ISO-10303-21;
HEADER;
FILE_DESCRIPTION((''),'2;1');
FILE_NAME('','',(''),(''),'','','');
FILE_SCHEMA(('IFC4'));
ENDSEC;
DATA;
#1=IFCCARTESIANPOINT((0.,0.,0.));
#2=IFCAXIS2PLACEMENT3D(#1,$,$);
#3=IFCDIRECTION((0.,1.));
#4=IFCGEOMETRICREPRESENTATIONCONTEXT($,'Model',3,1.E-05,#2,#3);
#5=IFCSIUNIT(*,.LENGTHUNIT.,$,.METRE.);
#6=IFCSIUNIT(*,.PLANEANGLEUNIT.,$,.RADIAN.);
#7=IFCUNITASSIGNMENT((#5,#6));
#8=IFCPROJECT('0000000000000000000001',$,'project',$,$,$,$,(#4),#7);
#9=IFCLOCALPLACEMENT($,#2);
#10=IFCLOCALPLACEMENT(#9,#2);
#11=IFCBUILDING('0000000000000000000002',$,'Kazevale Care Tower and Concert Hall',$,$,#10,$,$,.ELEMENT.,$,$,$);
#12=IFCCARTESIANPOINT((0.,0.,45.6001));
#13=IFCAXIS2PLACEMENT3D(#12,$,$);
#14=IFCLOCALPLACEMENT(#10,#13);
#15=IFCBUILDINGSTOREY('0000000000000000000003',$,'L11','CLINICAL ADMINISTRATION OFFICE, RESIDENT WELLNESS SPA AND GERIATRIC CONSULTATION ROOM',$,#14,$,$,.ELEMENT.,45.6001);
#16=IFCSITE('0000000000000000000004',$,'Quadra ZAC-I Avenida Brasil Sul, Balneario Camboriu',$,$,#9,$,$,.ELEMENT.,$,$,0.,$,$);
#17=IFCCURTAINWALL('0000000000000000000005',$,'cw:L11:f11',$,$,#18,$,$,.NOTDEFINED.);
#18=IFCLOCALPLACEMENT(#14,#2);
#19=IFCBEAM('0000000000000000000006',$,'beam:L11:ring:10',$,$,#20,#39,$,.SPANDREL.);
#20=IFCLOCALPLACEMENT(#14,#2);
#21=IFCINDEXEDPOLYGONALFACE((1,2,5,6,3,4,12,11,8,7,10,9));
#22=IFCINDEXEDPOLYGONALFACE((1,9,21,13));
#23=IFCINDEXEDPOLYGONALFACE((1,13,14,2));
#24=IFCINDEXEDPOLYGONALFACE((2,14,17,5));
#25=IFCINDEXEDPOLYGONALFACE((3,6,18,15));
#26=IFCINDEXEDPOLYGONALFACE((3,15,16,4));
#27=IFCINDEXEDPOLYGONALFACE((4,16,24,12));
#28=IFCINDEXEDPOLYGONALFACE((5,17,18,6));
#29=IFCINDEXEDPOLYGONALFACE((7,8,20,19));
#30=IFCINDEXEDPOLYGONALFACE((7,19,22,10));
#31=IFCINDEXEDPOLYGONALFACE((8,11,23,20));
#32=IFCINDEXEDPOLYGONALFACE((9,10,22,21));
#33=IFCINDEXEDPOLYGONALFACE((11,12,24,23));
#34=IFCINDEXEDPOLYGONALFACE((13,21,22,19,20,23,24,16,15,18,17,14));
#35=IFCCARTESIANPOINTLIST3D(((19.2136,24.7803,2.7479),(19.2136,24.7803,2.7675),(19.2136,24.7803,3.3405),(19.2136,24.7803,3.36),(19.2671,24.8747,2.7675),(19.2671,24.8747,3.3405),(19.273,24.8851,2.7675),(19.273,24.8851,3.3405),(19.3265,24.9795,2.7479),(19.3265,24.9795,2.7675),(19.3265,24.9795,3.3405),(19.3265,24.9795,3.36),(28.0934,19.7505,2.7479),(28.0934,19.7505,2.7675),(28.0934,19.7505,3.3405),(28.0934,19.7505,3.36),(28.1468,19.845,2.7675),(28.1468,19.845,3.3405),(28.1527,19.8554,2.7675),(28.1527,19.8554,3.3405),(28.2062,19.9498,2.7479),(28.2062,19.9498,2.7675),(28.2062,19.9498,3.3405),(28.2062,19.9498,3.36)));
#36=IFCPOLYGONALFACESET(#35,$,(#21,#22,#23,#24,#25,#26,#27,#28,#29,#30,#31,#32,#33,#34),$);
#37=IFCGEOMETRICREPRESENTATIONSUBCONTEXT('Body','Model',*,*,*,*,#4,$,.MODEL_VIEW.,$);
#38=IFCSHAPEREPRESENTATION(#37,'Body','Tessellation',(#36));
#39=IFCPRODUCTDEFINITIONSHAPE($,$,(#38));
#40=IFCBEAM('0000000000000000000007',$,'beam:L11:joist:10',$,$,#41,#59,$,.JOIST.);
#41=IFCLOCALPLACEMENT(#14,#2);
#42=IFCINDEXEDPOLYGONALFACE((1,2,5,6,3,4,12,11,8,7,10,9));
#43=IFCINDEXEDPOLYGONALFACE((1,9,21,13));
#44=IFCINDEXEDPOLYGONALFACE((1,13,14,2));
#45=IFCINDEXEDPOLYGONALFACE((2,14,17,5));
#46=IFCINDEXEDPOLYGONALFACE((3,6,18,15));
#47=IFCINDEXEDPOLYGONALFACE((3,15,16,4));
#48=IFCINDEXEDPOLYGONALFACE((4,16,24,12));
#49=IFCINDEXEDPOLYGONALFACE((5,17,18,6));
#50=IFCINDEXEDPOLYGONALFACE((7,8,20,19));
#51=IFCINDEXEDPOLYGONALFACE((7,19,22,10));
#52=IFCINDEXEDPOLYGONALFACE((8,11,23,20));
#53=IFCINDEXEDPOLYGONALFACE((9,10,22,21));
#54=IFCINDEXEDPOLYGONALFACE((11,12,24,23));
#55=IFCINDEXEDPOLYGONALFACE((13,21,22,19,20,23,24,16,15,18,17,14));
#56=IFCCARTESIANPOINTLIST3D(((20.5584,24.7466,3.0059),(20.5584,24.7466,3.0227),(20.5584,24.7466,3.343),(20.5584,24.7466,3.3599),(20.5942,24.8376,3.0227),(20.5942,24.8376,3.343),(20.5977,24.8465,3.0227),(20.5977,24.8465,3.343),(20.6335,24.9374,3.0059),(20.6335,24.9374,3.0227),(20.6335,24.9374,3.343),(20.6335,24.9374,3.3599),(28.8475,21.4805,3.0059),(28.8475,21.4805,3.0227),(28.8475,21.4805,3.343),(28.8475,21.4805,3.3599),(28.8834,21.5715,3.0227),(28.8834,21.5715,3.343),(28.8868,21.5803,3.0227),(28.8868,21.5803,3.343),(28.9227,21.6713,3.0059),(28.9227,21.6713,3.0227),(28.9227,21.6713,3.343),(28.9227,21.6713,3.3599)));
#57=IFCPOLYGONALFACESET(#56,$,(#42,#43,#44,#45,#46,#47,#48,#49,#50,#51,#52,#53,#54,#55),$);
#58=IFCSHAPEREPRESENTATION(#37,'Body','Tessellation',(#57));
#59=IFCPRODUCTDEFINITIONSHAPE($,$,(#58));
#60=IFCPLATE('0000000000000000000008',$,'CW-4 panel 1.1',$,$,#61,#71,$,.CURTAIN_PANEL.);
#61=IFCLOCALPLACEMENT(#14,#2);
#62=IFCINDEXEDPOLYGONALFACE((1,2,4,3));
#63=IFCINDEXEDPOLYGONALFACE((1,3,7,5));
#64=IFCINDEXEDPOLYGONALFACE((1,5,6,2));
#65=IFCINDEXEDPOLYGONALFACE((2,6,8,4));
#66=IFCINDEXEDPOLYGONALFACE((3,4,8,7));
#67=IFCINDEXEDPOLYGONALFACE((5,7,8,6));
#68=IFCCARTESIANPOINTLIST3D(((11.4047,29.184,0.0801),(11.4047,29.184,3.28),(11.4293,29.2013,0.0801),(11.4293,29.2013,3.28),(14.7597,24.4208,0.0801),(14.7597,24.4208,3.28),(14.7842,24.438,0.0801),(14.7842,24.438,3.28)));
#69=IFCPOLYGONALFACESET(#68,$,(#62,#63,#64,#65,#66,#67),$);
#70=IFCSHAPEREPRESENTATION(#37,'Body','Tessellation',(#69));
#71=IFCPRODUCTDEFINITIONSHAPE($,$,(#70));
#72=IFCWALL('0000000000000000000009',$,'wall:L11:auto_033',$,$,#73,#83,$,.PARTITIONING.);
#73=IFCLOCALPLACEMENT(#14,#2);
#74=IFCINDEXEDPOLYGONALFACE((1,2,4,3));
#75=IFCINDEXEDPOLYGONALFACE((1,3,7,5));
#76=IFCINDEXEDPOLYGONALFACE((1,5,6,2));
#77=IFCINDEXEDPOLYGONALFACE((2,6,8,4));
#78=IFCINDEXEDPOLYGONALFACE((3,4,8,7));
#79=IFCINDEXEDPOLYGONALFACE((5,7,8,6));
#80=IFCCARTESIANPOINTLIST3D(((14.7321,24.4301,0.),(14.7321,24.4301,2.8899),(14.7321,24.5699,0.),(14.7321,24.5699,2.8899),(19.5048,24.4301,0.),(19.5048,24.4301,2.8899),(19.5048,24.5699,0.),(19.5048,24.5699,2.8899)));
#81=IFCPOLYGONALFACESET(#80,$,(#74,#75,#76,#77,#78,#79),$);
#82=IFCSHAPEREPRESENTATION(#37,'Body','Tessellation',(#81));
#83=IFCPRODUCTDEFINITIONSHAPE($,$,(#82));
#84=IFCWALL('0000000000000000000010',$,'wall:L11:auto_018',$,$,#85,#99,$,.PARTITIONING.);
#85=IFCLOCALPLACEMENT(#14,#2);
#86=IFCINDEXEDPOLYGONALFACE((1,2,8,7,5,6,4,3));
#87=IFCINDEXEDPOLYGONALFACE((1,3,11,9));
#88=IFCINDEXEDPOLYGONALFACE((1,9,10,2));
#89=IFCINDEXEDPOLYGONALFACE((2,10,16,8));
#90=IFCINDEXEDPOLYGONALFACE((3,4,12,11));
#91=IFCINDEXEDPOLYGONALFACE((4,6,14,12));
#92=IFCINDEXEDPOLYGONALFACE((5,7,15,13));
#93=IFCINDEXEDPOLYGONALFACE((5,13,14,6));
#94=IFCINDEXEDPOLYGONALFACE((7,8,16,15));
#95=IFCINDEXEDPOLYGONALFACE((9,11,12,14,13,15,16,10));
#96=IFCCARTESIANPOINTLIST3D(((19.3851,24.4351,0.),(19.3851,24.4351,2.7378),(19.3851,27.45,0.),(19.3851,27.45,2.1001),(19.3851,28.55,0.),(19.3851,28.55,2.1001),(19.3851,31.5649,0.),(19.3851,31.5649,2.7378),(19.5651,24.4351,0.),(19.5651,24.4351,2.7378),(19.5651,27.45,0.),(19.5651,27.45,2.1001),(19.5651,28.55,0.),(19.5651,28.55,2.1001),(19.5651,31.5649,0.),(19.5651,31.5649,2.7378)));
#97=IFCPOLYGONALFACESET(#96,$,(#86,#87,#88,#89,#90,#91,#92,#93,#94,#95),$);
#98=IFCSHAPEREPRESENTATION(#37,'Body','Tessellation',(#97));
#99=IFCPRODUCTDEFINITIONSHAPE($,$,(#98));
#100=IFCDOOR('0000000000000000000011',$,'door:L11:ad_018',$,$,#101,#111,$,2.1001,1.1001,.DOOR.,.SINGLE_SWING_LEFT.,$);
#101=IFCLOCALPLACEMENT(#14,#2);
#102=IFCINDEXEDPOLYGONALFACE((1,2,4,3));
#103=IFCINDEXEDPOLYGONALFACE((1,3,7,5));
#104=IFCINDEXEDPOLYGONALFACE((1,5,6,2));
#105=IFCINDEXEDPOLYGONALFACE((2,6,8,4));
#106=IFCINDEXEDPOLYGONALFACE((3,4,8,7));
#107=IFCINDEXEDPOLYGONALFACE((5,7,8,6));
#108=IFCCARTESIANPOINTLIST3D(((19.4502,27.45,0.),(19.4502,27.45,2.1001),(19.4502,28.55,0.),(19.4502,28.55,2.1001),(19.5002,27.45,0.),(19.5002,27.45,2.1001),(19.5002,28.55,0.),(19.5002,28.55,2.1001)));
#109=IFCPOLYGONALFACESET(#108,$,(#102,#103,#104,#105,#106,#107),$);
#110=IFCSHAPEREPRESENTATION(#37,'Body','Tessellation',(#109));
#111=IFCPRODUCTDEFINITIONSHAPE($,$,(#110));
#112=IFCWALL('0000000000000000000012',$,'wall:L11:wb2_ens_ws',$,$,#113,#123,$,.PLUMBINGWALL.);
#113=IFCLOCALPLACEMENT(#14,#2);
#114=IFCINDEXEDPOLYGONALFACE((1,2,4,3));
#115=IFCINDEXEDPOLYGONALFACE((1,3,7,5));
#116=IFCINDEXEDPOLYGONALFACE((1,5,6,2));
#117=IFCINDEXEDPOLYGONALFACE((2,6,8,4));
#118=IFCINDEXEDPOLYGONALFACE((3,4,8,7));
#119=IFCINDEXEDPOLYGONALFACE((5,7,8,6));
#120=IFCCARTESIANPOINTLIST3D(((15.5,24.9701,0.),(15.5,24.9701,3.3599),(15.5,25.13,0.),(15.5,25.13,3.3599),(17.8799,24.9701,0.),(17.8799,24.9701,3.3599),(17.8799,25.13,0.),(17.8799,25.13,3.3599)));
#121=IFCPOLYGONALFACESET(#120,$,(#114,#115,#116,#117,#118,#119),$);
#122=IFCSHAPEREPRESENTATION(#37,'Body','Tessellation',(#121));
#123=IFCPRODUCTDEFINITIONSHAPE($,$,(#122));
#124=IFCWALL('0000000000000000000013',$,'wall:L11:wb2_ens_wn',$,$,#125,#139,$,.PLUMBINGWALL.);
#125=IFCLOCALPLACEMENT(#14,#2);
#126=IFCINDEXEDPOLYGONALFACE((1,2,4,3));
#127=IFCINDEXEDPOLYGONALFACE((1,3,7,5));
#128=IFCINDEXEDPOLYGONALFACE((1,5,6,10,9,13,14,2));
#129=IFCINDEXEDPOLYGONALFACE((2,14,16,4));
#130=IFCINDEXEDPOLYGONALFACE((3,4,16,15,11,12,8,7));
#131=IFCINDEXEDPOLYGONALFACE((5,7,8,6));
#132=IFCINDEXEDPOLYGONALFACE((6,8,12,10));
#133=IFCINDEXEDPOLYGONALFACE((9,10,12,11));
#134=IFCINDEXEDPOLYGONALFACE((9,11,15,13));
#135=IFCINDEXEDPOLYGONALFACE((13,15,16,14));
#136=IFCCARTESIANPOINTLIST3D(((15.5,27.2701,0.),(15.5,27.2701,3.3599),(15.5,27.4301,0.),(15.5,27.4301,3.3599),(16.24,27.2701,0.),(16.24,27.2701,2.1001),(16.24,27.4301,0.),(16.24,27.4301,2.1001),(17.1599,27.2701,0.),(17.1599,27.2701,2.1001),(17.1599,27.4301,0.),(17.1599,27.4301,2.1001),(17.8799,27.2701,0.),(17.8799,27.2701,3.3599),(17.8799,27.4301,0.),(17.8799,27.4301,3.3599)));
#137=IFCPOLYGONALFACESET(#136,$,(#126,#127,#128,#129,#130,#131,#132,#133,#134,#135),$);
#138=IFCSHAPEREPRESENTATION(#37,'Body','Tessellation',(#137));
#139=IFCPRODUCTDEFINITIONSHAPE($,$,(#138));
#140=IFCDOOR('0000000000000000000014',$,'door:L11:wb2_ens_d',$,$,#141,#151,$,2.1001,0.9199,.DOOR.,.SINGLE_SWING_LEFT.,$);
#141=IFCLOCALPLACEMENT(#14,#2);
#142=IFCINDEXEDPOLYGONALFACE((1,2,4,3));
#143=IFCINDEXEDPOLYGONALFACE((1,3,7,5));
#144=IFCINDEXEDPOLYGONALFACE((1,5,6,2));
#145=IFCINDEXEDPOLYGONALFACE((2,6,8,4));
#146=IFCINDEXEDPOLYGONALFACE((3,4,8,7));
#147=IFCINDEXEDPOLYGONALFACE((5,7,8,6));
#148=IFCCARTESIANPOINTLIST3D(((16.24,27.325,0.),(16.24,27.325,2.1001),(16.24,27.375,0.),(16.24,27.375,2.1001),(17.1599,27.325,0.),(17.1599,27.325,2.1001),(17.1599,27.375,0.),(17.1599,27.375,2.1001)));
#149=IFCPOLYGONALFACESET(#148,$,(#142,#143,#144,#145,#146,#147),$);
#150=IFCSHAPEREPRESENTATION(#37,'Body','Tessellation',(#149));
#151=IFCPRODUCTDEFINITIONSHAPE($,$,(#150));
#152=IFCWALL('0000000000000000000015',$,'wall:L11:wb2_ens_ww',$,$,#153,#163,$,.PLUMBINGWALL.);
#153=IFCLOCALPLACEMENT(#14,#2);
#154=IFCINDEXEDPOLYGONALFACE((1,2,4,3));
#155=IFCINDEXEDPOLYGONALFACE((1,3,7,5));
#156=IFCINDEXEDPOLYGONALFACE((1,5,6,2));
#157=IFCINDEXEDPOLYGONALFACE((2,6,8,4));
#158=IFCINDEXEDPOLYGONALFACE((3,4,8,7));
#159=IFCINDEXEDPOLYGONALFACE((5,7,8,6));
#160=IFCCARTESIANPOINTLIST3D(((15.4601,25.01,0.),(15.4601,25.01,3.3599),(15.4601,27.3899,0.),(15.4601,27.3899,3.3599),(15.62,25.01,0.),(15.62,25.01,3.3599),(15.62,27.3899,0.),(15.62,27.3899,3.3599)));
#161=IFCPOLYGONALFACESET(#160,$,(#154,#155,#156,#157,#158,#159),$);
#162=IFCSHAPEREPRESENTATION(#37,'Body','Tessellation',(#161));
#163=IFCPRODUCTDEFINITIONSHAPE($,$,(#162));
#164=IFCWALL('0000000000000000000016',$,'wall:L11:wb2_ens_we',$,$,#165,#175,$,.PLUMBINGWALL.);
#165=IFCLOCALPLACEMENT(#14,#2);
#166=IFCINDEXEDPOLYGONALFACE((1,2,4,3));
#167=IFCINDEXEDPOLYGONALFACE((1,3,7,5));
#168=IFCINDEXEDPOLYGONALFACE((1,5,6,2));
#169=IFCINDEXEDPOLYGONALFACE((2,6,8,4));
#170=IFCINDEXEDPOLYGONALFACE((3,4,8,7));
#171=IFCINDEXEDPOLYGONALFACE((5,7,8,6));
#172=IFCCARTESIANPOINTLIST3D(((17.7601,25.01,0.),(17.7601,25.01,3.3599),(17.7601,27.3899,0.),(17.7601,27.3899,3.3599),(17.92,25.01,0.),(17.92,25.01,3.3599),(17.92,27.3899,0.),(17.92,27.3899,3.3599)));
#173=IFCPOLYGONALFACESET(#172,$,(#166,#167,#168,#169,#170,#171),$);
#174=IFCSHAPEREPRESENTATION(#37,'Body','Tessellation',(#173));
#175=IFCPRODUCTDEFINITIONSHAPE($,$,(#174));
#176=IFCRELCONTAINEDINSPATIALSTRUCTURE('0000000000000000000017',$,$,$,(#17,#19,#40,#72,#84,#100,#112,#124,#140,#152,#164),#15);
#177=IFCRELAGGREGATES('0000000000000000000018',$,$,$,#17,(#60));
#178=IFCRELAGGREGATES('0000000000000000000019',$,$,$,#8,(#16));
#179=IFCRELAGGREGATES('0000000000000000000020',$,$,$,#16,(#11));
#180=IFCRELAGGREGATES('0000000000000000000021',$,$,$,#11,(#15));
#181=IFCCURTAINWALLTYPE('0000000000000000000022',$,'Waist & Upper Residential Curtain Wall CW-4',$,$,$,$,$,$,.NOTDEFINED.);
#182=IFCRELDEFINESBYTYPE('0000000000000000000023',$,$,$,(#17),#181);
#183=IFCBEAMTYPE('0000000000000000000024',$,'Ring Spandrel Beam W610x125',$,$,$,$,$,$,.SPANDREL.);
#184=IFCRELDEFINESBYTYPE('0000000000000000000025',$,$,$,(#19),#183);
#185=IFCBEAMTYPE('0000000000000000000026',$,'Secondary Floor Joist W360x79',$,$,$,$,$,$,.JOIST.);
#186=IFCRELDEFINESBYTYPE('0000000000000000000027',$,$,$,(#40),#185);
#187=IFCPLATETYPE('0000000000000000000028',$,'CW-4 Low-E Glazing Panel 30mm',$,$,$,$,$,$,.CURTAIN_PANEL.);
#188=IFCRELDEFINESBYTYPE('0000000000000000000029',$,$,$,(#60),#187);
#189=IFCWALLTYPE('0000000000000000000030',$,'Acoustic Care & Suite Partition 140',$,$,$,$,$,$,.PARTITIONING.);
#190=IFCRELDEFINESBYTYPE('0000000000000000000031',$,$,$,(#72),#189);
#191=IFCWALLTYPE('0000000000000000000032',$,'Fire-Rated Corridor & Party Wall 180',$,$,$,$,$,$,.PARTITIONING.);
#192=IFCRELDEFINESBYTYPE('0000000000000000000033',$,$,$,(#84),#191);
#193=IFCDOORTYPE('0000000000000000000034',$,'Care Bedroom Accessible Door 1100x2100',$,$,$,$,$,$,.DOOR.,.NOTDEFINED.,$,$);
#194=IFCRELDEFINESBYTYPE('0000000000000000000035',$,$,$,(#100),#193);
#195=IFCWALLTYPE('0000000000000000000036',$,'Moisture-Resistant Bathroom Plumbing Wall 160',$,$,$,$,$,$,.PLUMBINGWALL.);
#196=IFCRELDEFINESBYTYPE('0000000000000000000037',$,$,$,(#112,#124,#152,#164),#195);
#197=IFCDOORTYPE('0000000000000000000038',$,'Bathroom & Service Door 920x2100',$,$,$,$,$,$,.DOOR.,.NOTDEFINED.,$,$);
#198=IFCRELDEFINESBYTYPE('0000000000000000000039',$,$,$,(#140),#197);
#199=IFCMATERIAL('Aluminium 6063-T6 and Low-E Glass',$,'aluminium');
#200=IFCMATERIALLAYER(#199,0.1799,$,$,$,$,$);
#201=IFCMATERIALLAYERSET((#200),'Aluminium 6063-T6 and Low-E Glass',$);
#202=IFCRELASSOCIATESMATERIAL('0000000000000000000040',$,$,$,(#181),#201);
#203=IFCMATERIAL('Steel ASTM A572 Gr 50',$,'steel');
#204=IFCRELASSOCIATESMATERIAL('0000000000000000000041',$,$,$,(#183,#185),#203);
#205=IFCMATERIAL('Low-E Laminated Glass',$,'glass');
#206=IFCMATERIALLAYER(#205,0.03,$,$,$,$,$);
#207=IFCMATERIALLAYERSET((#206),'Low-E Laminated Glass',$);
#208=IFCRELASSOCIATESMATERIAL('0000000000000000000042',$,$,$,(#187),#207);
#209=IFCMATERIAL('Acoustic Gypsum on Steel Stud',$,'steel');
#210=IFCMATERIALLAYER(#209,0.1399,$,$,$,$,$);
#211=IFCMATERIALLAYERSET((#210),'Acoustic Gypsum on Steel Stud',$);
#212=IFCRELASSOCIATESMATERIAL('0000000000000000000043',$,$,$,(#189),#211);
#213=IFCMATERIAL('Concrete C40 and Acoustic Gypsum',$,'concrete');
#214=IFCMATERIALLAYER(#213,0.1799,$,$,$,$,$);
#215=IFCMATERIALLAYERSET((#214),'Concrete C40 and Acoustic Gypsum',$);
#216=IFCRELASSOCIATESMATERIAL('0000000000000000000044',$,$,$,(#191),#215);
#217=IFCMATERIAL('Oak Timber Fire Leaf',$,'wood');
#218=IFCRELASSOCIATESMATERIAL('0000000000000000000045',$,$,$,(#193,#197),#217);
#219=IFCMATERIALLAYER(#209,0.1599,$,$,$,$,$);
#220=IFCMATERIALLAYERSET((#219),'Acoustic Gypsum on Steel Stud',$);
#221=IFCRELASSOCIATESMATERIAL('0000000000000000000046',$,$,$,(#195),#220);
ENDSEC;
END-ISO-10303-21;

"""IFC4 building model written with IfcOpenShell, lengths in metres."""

from ifc_helpers import new_model, si_unit, direction, frame, frame_2d, origin, origin_2d, place, context, subcontext, project, spatial, rectangle, i_section, extrude, material, layer, layer_set, material_profile, profile_set, type_object, element, fill, aggregate, save


model = new_model("IFC4")

# Units and contexts
model_context = context("Model", 3, precision=1e-05, world=origin(), true_north=direction((0.0, 1.0)))
body_context = subcontext(model_context, "Body", "Model", "MODEL_VIEW")
ifc_project = project(units=[si_unit("LENGTHUNIT", "METRE"), si_unit("PLANEANGLEUNIT", "RADIAN")], contexts=[model_context])

# Site, building, storey
site_placement = place(None, origin())
site = spatial("IfcSite", under=ifc_project, at=site_placement, Name="Quadra ZAC-I Avenida Brasil Sul, Balneario Camboriu", CompositionType="ELEMENT", RefElevation=0.0)
building_placement = place(site_placement, origin())
building = spatial("IfcBuilding", under=site, at=building_placement, Name="Kazevale Care Tower and Concert Hall", CompositionType="ELEMENT")
storey_placement = place(building_placement, frame((0.0, 0.0, 45.6001)))
storey = spatial("IfcBuildingStorey", under=building, at=storey_placement, Name="L11", Description="CLINICAL ADMINISTRATION OFFICE, RESIDENT WELLNESS SPA AND GERIATRIC CONSULTATION ROOM", CompositionType="ELEMENT", Elevation=45.6001)

# Curtain wall
ifc_material_1 = material(Name="Aluminium 6063-T6 and Low-E Glass", Category="aluminium")
ifc_layer_1 = layer(ifc_material_1, 0.1799)
ifc_layer_set_1 = layer_set([ifc_layer_1], Name="Aluminium 6063-T6 and Low-E Glass")
curtain_wall_type_1 = type_object("IfcCurtainWallType", Name="Waist & Upper Residential Curtain Wall CW-4", PredefinedType="NOTDEFINED", material=ifc_layer_set_1)
curtain_wall_1_placement = place(storey_placement, origin())
curtain_wall_1 = element("IfcCurtainWall", 1, at=curtain_wall_1_placement, inside=storey, type_object=curtain_wall_type_1, Name="cw:L11:f11", PredefinedType="NOTDEFINED")

# Beams
ifc_material_2 = material(Name="Steel ASTM A572 Gr 50", Category="steel")
ifc_material_profile_1 = material_profile(ifc_material_2, i_section(OverallWidth=0.229, OverallDepth=0.6121, WebThickness=0.012, FlangeThickness=0.0195, at=origin_2d()), Name="W610x125")
ifc_profile_set_1 = profile_set([ifc_material_profile_1], Name="Steel ASTM A572 Gr 50")
beam_type_1 = type_object("IfcBeamType", Name="Ring Spandrel Beam W610x125", PredefinedType="SPANDREL", material=ifc_profile_set_1)
beam_1_placement = place(storey_placement, frame((19.27, 24.8799, 3.054), z_axis=(0.870112, -0.492853, 0.0), x_axis=(0.492853, 0.870112, 0.0)))
element("IfcBeam", 2, at=beam_1_placement, inside=storey, type_object=beam_type_1, Name="beam:L11:ring:10", PredefinedType="SPANDREL", context=body_context, shape_type="SweptSolid", body=[
    extrude(i_section(OverallWidth=0.229, OverallDepth=0.6121, WebThickness=0.012, FlangeThickness=0.0195, at=origin_2d()), origin(), (0.0, 0.0, 1.0), 10.2053),
])
ifc_material_profile_2 = material_profile(ifc_material_2, i_section(OverallWidth=0.2051, OverallDepth=0.354, WebThickness=0.0095, FlangeThickness=0.0168, at=origin_2d()), Name="W360x79")
ifc_profile_set_2 = profile_set([ifc_material_profile_2], Name="Steel ASTM A572 Gr 50")
beam_type_2 = type_object("IfcBeamType", Name="Secondary Floor Joist W360x79", PredefinedType="JOIST", material=ifc_profile_set_2)
beam_2_placement = place(storey_placement, frame((20.5959, 24.842, 3.1829), z_axis=(0.930381, -0.366595, 0.0), x_axis=(0.366595, 0.930381, 0.0)))
element("IfcBeam", 3, at=beam_2_placement, inside=storey, type_object=beam_type_2, Name="beam:L11:joist:10", PredefinedType="JOIST", context=body_context, shape_type="SweptSolid", body=[
    extrude(i_section(OverallWidth=0.2051, OverallDepth=0.354, WebThickness=0.0095, FlangeThickness=0.0168, at=origin_2d()), origin(), (0.0, 0.0, 1.0), 8.9094),
])

# Plate
ifc_material_3 = material(Name="Low-E Laminated Glass", Category="glass")
ifc_layer_2 = layer(ifc_material_3, 0.03)
ifc_layer_set_2 = layer_set([ifc_layer_2], Name="Low-E Laminated Glass")
plate_type = type_object("IfcPlateType", Name="CW-4 Low-E Glazing Panel 30mm", PredefinedType="CURTAIN_PANEL", material=ifc_layer_set_2)
plate_placement = place(storey_placement, frame((13.0945, 26.811, 0.0801), z_axis=(0.0, 0.0, 1.0), x_axis=(-0.575837, 0.817565, 0.0)))
plate = element("IfcPlate", 4, at=plate_placement, type_object=plate_type, Name="CW-4 panel 1.1", PredefinedType="CURTAIN_PANEL", context=body_context, shape_type="SweptSolid", body=[
    extrude(rectangle(XDim=5.8262, YDim=0.03, at=origin_2d()), origin(), (0.0, 0.0, 1.0), 3.2),
])
aggregate(curtain_wall_1, [plate])

# Wall
ifc_material_4 = material(Name="Acoustic Gypsum on Steel Stud", Category="steel")
ifc_layer_3 = layer(ifc_material_4, 0.1399)
ifc_layer_set_3 = layer_set([ifc_layer_3], Name="Acoustic Gypsum on Steel Stud")
wall_type_1 = type_object("IfcWallType", Name="Acoustic Care & Suite Partition 140", PredefinedType="PARTITIONING", material=ifc_layer_set_3)
wall_1_placement = place(storey_placement, frame((14.7322, 24.5, 0.0), z_axis=(0.0, 0.0, 1.0), x_axis=(1.0, 0.0, 0.0)))
element("IfcWall", 5, at=wall_1_placement, inside=storey, type_object=wall_type_1, Name="wall:L11:auto_033", PredefinedType="PARTITIONING", context=body_context, shape_type="SweptSolid", body=[
    extrude(rectangle(XDim=4.7727, YDim=0.1399, at=frame_2d((2.3862, 0.0))), origin(), (0.0, 0.0, 1.0), 2.8899),
])

# Wall, opening, door
ifc_material_5 = material(Name="Concrete C40 and Acoustic Gypsum", Category="concrete")
ifc_layer_4 = layer(ifc_material_5, 0.1799)
ifc_layer_set_4 = layer_set([ifc_layer_4], Name="Concrete C40 and Acoustic Gypsum")
wall_type_2 = type_object("IfcWallType", Name="Fire-Rated Corridor & Party Wall 180", PredefinedType="PARTITIONING", material=ifc_layer_set_4)
wall_2_placement = place(storey_placement, frame((19.4751, 24.4351, 0.0), z_axis=(0.0, 0.0, 1.0), x_axis=(0.0, 1.0, 0.0)))
wall_2 = element("IfcWall", 6, at=wall_2_placement, inside=storey, type_object=wall_type_2, Name="wall:L11:auto_018", PredefinedType="PARTITIONING", context=body_context, shape_type="SweptSolid", body=[
    extrude(rectangle(XDim=7.1299, YDim=0.1799, at=frame_2d((3.5649, 0.0))), origin(), (0.0, 0.0, 1.0), 2.7378),
])
opening_1_placement = place(wall_2_placement, frame((3.0149, 0.0, 0.0)))
opening_1 = element("IfcOpeningElement", 7, at=opening_1_placement, cuts=wall_2, PredefinedType="OPENING", context=body_context, shape_type="SweptSolid", body=[
    extrude(rectangle(XDim=1.1001, YDim=2.1001, at=frame_2d((0.55, 1.05))), frame((0.0, 0.0999, 0.0), z_axis=(0.0, -1.0, 0.0), x_axis=(1.0, 0.0, 0.0)), (0.0, 0.0, 1.0), 0.2),
])
ifc_material_6 = material(Name="Oak Timber Fire Leaf", Category="wood")
door_type_1 = type_object("IfcDoorType", Name="Care Bedroom Accessible Door 1100x2100", OperationType="NOTDEFINED", PredefinedType="DOOR", material=ifc_material_6)
door_1_placement = place(opening_1_placement, origin())
door_1 = element("IfcDoor", 8, at=door_1_placement, inside=storey, type_object=door_type_1, Name="door:L11:ad_018", OperationType="SINGLE_SWING_LEFT", OverallHeight=2.1001, OverallWidth=1.1001, PredefinedType="DOOR", context=body_context, shape_type="SweptSolid", body=[
    extrude(rectangle(XDim=1.1001, YDim=2.1001, at=frame_2d((0.55, 1.05))), frame((0.0, 0.0249, 0.0), z_axis=(0.0, -1.0, 0.0), x_axis=(1.0, 0.0, 0.0)), (0.0, 0.0, 1.0), 0.05),
])
fill(opening_1, door_1)

# Wall
ifc_layer_5 = layer(ifc_material_4, 0.1599)
ifc_layer_set_5 = layer_set([ifc_layer_5], Name="Acoustic Gypsum on Steel Stud")
wall_type_3 = type_object("IfcWallType", Name="Moisture-Resistant Bathroom Plumbing Wall 160", PredefinedType="PLUMBINGWALL", material=ifc_layer_set_5)
wall_3_placement = place(storey_placement, frame((15.5, 25.05, 0.0), z_axis=(0.0, 0.0, 1.0), x_axis=(1.0, 0.0, 0.0)))
element("IfcWall", 9, at=wall_3_placement, inside=storey, type_object=wall_type_3, Name="wall:L11:wb2_ens_ws", PredefinedType="PLUMBINGWALL", context=body_context, shape_type="SweptSolid", body=[
    extrude(rectangle(XDim=2.3799, YDim=0.1599, at=frame_2d((1.1899, 0.0))), origin(), (0.0, 0.0, 1.0), 3.3599),
])

# Wall, opening, door
wall_4_placement = place(storey_placement, frame((15.5, 27.3501, 0.0), z_axis=(0.0, 0.0, 1.0), x_axis=(1.0, 0.0, 0.0)))
wall_4 = element("IfcWall", 10, at=wall_4_placement, inside=storey, type_object=wall_type_3, Name="wall:L11:wb2_ens_wn", PredefinedType="PLUMBINGWALL", context=body_context, shape_type="SweptSolid", body=[
    extrude(rectangle(XDim=2.3799, YDim=0.1599, at=frame_2d((1.1899, 0.0))), origin(), (0.0, 0.0, 1.0), 3.3599),
])
opening_2_placement = place(wall_4_placement, frame((0.74, 0.0, 0.0)))
opening_2 = element("IfcOpeningElement", 11, at=opening_2_placement, cuts=wall_4, PredefinedType="OPENING", context=body_context, shape_type="SweptSolid", body=[
    extrude(rectangle(XDim=0.9199, YDim=2.1001, at=frame_2d((0.46, 1.05))), frame((0.0, 0.0898, 0.0), z_axis=(0.0, -1.0, 0.0), x_axis=(1.0, 0.0, 0.0)), (0.0, 0.0, 1.0), 0.1799),
])
door_type_2 = type_object("IfcDoorType", Name="Bathroom & Service Door 920x2100", OperationType="NOTDEFINED", PredefinedType="DOOR", material=ifc_material_6)
door_2_placement = place(opening_2_placement, origin())
door_2 = element("IfcDoor", 12, at=door_2_placement, inside=storey, type_object=door_type_2, Name="door:L11:wb2_ens_d", OperationType="SINGLE_SWING_LEFT", OverallHeight=2.1001, OverallWidth=0.9199, PredefinedType="DOOR", context=body_context, shape_type="SweptSolid", body=[
    extrude(rectangle(XDim=0.9199, YDim=2.1001, at=frame_2d((0.46, 1.05))), frame((0.0, 0.0249, 0.0), z_axis=(0.0, -1.0, 0.0), x_axis=(1.0, 0.0, 0.0)), (0.0, 0.0, 1.0), 0.05),
])
fill(opening_2, door_2)

# Walls
for number, where, z_axis, x_axis, name in (
    (13, (15.54, 25.01, 0.0), (0.0, 0.0, 1.0), (0.0, 1.0, 0.0), "wall:L11:wb2_ens_ww"),
    (14, (17.8401, 25.01, 0.0), (0.0, 0.0, 1.0), (0.0, 1.0, 0.0), "wall:L11:wb2_ens_we"),
):
    element("IfcWall", number, at=place(storey_placement, frame(where, z_axis=z_axis, x_axis=x_axis)), inside=storey, type_object=wall_type_3, Name=name, PredefinedType="PLUMBINGWALL", context=body_context, shape_type="SweptSolid", body=[
        extrude(rectangle(XDim=2.3799, YDim=0.1599, at=frame_2d((1.1899, 0.0))), origin(), (0.0, 0.0, 1.0), 3.3599),
    ])

save(model, "model.ifc")
